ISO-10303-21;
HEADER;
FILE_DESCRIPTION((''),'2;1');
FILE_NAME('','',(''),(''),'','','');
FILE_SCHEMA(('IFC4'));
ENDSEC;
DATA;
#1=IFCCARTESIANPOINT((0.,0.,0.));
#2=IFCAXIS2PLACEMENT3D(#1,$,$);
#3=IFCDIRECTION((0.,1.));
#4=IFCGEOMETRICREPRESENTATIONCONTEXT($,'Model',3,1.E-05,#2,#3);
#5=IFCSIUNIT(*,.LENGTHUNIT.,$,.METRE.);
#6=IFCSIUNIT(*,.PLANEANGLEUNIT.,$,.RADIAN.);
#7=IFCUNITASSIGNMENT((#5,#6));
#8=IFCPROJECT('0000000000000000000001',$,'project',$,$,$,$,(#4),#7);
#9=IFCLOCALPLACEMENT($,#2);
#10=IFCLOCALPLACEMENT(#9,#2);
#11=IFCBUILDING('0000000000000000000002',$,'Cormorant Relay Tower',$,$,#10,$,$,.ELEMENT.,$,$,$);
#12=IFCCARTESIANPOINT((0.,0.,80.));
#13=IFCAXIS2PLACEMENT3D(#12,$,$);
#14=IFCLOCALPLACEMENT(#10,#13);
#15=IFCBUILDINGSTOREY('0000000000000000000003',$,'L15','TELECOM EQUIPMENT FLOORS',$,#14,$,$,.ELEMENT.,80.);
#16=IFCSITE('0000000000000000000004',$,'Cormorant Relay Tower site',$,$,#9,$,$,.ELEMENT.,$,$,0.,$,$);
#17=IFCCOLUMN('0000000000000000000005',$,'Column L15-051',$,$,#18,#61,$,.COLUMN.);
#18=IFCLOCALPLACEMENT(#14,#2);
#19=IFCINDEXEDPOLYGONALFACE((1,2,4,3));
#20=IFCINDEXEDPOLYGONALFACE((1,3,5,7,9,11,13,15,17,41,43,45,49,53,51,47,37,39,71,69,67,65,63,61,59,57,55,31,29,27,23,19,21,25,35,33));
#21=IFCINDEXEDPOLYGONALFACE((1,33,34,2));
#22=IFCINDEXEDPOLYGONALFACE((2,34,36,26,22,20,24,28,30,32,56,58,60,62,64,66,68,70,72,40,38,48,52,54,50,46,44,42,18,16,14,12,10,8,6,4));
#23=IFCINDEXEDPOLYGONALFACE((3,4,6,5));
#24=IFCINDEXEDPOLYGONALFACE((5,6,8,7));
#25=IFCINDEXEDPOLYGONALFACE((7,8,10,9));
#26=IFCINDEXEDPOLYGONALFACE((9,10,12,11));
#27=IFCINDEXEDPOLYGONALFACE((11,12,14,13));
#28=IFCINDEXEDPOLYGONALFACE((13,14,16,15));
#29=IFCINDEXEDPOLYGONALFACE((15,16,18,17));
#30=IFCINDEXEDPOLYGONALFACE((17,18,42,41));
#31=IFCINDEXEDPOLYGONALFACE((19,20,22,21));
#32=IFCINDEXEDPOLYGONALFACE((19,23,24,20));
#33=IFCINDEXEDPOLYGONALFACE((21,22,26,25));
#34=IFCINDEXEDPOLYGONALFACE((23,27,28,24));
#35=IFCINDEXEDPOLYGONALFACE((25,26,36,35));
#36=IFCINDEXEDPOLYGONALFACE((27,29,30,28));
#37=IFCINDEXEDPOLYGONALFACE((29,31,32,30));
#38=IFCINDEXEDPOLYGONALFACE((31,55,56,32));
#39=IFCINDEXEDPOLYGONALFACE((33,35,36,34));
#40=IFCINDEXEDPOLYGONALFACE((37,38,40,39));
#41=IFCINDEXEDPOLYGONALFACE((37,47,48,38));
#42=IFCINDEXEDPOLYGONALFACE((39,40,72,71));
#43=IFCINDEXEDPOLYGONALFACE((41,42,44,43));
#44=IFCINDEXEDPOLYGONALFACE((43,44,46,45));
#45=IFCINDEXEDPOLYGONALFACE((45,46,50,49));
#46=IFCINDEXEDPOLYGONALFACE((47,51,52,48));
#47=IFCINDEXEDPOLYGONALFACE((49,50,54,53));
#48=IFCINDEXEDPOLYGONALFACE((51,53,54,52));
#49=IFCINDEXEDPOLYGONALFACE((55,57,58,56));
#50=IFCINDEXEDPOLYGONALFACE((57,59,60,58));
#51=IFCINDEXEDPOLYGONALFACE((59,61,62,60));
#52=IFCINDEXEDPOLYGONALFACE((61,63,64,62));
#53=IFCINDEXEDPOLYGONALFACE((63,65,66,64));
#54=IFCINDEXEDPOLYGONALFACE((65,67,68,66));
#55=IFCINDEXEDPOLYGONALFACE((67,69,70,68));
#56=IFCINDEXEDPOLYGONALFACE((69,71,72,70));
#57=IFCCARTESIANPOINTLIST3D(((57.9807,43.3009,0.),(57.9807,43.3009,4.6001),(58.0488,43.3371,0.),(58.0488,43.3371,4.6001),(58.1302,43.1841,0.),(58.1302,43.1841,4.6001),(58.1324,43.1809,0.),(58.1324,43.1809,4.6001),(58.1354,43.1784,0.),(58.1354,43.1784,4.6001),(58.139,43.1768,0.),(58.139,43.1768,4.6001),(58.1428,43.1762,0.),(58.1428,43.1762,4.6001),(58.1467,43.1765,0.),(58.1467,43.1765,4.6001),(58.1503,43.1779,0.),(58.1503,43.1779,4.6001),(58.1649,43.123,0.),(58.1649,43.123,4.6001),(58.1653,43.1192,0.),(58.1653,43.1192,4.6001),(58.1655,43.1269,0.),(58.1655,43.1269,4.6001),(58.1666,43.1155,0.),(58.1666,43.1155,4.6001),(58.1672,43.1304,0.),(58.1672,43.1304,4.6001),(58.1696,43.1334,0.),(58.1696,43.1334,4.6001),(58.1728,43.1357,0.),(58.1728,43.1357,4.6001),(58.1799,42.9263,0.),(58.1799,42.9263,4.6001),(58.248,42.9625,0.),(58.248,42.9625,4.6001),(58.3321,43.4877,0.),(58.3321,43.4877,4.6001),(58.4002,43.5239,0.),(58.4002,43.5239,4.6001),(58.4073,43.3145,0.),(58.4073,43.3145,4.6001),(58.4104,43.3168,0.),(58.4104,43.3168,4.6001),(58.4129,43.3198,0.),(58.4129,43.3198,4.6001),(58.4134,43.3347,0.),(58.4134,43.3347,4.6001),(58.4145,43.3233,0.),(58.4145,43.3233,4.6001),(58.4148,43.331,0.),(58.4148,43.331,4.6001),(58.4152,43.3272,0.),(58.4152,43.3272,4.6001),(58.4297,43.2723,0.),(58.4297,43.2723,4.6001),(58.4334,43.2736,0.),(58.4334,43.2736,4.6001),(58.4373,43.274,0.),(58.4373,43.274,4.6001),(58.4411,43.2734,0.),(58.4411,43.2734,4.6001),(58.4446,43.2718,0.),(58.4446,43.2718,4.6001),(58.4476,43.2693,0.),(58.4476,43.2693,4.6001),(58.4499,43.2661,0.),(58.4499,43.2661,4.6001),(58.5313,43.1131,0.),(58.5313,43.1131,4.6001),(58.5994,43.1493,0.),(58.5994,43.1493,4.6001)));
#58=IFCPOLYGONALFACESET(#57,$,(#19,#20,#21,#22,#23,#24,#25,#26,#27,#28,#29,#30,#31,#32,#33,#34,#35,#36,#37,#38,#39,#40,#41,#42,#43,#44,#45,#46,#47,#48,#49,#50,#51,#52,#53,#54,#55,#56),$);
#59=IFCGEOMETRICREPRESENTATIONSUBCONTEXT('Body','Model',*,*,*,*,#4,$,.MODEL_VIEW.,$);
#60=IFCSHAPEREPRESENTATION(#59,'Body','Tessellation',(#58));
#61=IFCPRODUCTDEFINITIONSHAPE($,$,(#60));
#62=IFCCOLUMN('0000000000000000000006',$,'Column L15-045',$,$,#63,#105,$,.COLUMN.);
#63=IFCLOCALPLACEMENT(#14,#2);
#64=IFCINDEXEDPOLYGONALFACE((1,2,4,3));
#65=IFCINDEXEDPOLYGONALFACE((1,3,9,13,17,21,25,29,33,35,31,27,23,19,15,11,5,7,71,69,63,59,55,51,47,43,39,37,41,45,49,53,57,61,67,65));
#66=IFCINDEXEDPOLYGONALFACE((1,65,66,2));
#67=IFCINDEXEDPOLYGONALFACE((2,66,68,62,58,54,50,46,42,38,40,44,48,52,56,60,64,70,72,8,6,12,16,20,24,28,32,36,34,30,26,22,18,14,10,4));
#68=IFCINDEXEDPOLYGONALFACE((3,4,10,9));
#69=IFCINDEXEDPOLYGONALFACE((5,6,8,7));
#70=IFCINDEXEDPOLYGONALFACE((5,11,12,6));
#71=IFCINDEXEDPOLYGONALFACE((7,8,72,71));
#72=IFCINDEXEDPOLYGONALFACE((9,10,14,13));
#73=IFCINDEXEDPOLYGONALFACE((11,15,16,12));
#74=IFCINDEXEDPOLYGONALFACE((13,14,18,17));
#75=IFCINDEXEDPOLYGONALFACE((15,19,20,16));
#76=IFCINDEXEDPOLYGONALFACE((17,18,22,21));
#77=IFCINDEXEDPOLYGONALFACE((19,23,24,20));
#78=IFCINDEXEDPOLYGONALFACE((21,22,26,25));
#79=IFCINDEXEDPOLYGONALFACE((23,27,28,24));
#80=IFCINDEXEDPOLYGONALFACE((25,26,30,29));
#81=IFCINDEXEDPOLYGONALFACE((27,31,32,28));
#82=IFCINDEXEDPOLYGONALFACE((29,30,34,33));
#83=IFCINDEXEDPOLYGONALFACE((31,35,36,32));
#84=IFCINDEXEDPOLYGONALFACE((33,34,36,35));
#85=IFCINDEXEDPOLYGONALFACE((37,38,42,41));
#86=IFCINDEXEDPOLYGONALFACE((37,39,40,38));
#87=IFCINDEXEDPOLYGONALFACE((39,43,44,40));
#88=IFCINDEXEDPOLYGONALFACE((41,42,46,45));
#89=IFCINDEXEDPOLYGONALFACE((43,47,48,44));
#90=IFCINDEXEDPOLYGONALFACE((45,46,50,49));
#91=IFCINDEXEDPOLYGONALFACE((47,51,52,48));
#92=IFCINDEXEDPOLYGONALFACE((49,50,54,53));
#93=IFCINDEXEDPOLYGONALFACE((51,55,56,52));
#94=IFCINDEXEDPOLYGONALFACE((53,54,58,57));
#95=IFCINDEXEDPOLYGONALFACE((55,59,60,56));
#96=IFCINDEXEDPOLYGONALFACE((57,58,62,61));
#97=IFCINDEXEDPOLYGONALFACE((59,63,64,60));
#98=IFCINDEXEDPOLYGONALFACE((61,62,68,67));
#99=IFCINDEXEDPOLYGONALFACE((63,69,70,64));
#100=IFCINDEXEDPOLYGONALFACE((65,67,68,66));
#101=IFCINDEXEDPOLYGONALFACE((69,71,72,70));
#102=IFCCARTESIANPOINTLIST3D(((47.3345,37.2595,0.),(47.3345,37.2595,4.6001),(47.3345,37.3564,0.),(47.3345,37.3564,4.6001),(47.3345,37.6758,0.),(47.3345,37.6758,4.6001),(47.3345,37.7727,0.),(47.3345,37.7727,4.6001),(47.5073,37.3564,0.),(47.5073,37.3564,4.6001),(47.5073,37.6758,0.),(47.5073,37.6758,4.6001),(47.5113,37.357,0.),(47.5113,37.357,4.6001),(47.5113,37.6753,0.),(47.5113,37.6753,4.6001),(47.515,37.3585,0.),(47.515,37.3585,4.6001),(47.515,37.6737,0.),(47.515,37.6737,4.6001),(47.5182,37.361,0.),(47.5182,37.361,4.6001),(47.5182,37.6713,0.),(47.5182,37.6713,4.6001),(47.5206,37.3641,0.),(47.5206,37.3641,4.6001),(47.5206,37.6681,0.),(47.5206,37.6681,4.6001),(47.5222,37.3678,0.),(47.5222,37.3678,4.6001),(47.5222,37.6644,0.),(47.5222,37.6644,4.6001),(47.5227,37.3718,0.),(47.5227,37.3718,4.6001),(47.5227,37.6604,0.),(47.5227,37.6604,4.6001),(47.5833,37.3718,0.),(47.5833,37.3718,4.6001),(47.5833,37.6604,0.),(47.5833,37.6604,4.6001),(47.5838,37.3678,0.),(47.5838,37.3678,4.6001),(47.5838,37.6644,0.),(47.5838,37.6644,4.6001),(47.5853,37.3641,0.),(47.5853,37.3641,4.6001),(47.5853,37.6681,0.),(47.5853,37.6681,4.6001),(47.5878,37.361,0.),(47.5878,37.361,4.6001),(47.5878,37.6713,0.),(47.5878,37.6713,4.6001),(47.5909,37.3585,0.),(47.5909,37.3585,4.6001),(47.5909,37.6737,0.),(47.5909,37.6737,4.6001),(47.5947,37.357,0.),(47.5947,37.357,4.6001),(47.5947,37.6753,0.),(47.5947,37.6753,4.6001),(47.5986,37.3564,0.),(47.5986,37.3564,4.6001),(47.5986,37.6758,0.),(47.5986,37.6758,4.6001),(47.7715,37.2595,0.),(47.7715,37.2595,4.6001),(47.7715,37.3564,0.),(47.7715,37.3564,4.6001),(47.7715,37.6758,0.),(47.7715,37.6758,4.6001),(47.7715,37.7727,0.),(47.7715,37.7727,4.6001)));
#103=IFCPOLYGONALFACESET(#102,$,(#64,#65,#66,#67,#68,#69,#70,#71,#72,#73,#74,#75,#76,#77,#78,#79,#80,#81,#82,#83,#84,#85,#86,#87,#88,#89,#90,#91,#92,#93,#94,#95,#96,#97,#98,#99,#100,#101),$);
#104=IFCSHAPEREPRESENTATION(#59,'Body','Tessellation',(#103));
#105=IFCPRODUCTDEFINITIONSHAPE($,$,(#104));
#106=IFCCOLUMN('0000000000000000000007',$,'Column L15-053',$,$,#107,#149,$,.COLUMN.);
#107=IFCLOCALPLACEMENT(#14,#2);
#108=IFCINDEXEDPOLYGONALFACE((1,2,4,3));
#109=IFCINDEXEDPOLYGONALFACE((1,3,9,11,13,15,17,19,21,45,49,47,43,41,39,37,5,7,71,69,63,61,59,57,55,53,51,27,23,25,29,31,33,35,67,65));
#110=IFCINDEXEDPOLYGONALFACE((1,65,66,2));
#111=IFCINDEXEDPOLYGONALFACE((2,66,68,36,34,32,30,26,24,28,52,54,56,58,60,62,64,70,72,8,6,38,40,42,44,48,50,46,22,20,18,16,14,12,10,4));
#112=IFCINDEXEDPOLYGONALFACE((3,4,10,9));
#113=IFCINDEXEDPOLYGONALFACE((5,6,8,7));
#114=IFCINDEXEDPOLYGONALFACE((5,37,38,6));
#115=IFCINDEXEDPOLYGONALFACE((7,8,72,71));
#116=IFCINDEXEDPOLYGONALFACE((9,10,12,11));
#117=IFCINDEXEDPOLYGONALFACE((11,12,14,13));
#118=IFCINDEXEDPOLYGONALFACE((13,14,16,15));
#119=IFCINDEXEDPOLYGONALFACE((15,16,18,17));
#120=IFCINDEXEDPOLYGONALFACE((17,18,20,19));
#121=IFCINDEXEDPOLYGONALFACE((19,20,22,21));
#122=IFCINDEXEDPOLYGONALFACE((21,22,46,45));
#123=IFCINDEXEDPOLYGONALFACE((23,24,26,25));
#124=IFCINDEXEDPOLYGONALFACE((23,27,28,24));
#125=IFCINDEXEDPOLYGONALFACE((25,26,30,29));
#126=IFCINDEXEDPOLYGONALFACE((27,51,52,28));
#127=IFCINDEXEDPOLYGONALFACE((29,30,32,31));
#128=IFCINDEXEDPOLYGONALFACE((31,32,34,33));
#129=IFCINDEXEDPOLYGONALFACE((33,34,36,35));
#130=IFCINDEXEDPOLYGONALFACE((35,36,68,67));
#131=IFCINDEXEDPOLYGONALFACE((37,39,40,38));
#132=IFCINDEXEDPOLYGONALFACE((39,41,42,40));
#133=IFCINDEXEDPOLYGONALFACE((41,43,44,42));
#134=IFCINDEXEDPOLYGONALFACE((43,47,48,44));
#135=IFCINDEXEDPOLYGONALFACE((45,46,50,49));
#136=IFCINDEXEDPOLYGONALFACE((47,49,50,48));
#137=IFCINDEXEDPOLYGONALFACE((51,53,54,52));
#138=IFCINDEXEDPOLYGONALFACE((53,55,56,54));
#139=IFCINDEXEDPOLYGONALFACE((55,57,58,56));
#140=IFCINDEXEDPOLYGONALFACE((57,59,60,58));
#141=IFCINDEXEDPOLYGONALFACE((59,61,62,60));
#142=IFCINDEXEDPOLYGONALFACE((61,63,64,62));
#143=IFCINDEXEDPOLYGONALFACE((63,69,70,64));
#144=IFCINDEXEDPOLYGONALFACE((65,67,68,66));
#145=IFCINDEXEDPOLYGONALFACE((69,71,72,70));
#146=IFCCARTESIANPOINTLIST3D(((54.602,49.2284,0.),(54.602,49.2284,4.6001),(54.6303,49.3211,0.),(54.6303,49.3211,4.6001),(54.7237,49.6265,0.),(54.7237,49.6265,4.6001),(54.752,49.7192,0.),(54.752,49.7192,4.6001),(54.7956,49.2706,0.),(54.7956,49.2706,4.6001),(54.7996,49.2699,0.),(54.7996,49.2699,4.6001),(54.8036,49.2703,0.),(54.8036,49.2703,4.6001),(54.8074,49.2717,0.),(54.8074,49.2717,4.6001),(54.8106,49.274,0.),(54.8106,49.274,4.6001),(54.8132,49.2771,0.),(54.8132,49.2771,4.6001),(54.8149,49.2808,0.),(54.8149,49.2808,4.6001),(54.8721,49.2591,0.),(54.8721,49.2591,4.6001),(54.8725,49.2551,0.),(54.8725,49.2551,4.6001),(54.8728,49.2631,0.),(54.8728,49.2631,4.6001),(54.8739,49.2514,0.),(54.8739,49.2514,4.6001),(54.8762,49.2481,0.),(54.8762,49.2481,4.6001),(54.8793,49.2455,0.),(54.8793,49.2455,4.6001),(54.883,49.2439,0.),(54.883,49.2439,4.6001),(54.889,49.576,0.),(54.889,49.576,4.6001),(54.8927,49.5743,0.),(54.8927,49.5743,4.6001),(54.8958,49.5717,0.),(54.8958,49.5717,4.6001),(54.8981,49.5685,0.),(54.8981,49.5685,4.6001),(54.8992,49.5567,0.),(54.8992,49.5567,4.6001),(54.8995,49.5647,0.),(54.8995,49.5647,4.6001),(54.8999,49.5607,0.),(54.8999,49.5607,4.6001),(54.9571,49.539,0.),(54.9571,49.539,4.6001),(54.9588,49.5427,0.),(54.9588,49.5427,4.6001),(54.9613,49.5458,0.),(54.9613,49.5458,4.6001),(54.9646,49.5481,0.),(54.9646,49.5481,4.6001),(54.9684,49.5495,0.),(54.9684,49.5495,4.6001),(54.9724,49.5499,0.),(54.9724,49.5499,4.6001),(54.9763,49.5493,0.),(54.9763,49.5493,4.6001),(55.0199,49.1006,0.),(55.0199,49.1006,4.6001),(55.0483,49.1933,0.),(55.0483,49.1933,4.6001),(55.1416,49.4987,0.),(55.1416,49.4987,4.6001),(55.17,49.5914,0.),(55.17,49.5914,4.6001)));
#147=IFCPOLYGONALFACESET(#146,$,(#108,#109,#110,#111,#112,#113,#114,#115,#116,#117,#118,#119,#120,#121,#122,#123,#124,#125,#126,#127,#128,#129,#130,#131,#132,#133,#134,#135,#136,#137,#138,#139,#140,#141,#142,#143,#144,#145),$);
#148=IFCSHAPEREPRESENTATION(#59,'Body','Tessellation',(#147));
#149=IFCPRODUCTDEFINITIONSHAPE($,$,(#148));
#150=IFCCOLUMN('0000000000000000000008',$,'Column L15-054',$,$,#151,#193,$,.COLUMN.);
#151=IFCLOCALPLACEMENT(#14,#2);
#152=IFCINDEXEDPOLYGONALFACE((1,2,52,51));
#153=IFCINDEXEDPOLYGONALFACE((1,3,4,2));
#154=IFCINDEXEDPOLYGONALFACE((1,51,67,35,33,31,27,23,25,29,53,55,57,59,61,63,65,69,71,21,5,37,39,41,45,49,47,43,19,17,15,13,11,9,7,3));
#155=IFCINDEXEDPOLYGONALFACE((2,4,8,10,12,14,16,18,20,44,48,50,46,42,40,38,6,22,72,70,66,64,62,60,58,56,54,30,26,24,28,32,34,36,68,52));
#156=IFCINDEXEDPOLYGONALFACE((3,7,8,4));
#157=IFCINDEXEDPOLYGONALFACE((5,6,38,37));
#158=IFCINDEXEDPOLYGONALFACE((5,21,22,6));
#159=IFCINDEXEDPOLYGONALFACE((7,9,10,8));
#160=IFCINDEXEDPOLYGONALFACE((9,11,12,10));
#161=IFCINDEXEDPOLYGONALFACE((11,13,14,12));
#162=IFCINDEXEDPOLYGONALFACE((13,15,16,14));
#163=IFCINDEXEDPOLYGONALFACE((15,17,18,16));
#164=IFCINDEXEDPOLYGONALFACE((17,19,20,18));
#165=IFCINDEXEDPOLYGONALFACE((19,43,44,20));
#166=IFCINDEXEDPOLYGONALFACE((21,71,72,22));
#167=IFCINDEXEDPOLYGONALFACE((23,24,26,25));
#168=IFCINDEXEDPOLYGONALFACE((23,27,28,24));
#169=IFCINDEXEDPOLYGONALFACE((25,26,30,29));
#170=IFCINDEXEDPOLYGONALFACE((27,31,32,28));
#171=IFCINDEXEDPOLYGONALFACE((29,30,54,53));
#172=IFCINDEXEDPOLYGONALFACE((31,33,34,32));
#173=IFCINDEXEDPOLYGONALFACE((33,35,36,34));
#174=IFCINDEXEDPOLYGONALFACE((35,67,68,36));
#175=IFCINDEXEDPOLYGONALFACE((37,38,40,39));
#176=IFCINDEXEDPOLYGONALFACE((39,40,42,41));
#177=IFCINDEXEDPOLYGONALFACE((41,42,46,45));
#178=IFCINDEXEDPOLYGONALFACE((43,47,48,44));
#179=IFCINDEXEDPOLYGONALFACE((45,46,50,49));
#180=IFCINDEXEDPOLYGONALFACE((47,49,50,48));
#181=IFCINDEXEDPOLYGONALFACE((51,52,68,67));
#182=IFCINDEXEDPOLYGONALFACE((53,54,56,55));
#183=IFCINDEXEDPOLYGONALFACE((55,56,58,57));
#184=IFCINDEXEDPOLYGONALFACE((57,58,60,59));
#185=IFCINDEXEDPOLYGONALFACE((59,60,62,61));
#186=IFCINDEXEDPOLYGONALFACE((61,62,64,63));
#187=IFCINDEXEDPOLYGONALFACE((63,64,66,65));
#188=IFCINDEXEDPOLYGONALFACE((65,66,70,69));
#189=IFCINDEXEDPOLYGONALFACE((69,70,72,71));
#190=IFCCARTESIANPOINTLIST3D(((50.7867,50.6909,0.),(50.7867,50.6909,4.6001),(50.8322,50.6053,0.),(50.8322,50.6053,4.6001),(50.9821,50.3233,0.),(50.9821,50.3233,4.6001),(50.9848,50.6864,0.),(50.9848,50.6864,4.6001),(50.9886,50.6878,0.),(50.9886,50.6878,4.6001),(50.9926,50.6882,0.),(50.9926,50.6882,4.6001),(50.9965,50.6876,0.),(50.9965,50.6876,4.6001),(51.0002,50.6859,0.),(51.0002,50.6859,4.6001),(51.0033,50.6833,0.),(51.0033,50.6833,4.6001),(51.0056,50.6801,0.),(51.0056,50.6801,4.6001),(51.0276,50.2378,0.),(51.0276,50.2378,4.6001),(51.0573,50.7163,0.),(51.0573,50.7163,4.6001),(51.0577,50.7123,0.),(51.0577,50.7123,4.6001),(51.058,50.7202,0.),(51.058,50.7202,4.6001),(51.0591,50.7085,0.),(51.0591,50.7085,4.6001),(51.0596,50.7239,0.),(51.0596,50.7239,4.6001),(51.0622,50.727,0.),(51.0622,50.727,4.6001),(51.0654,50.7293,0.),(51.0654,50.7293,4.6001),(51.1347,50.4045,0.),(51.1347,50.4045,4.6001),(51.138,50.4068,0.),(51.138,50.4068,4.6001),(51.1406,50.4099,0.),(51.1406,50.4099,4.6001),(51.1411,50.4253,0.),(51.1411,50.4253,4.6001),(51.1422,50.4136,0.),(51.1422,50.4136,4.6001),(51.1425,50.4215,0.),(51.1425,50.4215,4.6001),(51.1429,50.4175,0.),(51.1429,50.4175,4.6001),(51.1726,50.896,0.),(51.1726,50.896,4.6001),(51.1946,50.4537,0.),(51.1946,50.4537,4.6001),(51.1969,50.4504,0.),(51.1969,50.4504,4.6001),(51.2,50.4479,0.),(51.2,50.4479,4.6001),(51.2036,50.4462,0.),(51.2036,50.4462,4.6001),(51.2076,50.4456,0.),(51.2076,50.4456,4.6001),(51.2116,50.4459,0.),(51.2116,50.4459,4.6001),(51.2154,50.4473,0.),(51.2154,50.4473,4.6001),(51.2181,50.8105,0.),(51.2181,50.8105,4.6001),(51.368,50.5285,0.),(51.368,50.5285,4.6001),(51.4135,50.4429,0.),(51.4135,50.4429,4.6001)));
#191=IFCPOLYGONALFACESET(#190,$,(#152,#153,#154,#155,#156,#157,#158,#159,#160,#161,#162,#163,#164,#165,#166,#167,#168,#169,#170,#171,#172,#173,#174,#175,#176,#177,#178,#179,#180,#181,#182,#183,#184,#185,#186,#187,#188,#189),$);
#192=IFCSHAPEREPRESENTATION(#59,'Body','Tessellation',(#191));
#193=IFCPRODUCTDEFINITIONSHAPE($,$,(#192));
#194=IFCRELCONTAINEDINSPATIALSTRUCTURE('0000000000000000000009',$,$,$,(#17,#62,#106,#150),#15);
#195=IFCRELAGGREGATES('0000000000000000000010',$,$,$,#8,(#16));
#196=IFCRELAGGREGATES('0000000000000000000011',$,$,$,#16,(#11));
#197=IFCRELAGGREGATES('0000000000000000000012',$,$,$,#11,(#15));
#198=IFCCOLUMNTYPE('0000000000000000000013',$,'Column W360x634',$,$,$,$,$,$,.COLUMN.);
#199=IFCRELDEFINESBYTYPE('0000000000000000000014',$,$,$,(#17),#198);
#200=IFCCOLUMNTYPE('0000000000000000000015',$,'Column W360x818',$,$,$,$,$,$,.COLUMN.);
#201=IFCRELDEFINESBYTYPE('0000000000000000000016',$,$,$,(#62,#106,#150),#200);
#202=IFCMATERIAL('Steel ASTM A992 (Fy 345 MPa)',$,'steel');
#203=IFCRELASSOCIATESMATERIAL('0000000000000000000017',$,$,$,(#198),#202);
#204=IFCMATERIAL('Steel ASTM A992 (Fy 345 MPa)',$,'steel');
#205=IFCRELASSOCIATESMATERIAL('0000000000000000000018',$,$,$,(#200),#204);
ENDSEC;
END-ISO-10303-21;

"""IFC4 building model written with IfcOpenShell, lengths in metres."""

from ifc_helpers import new_model, si_unit, direction, frame, origin, origin_2d, place, context, subcontext, project, spatial, i_section, extrude, material, material_profile, profile_set, type_object, element, save


model = new_model("IFC4")

# Units and contexts
model_context = context("Model", 3, precision=1e-05, world=origin(), true_north=direction((0.0, 1.0)))
body_context = subcontext(model_context, "Body", "Model", "MODEL_VIEW")
ifc_project = project(units=[si_unit("LENGTHUNIT", "METRE"), si_unit("PLANEANGLEUNIT", "RADIAN")], contexts=[model_context])

# Site, building, storey
site_placement = place(None, origin())
site = spatial("IfcSite", under=ifc_project, at=site_placement, Name="Cormorant Relay Tower site", CompositionType="ELEMENT", RefElevation=0.0)
building_placement = place(site_placement, origin())
building = spatial("IfcBuilding", under=site, at=building_placement, Name="Cormorant Relay Tower", CompositionType="ELEMENT")
storey_placement = place(building_placement, frame((0.0, 0.0, 80.0)))
storey = spatial("IfcBuildingStorey", under=building, at=storey_placement, Name="L15", Description="TELECOM EQUIPMENT FLOORS", CompositionType="ELEMENT", Elevation=80.0)

# Columns
ifc_material_1 = material(Name="Steel ASTM A992 (Fy 345 MPa)", Category="steel")
ifc_material_profile_1 = material_profile(ifc_material_1, i_section(OverallWidth=0.4243, OverallDepth=0.4751, WebThickness=0.0479, FlangeThickness=0.0771, FilletRadius=0.0149, at=origin_2d()), Name="W360x634")
ifc_profile_set_1 = profile_set([ifc_material_profile_1], Name="Steel ASTM A992 (Fy 345 MPa)")
column_type_1 = type_object("IfcColumnType", Name="Column W360x634", PredefinedType="COLUMN", material=ifc_profile_set_1)
column_placement = place(storey_placement, frame((58.29, 43.2251, 0.0), z_axis=(0.0, 0.0, 1.0), x_axis=(-0.469472, 0.882948, 0.0)))
element("IfcColumn", 1, at=column_placement, inside=storey, type_object=column_type_1, Name="Column L15-051", PredefinedType="COLUMN", context=body_context, shape_type="SweptSolid", body=[
    extrude(i_section(OverallWidth=0.4243, OverallDepth=0.4751, WebThickness=0.0479, FlangeThickness=0.0771, FilletRadius=0.0149, at=origin_2d()), origin(), (0.0, 0.0, 1.0), 4.6001),
])
ifc_material_2 = material(Name="Steel ASTM A992 (Fy 345 MPa)", Category="steel")
ifc_material_profile_2 = material_profile(ifc_material_2, i_section(OverallWidth=0.437, OverallDepth=0.5132, WebThickness=0.0605, FlangeThickness=0.0969, FilletRadius=0.0154, at=origin_2d()), Name="W360x818")
ifc_profile_set_2 = profile_set([ifc_material_profile_2], Name="Steel ASTM A992 (Fy 345 MPa)")
column_type_2 = type_object("IfcColumnType", Name="Column W360x818", PredefinedType="COLUMN", material=ifc_profile_set_2)
for number, where, z_axis, x_axis, name in (
    (2, (47.553, 37.5161, 0.0), (0.0, 0.0, 1.0), (1.0, 0.0, 0.0), "Column L15-045"),
    (3, (54.886, 49.4099, 0.0), (0.0, 0.0, 1.0), (-0.956305, 0.292372, 0.0), "Column L15-053"),
    (4, (51.1001, 50.5669, 0.0), (0.0, 0.0, 1.0), (-0.882948, -0.469472, 0.0), "Column L15-054"),
):
    element("IfcColumn", number, at=place(storey_placement, frame(where, z_axis=z_axis, x_axis=x_axis)), inside=storey, type_object=column_type_2, Name=name, PredefinedType="COLUMN", context=body_context, shape_type="SweptSolid", body=[
        extrude(i_section(OverallWidth=0.437, OverallDepth=0.5132, WebThickness=0.0605, FlangeThickness=0.0969, FilletRadius=0.0154, at=origin_2d()), origin(), (0.0, 0.0, 1.0), 4.6001),
    ])

save(model, "model.ifc")
